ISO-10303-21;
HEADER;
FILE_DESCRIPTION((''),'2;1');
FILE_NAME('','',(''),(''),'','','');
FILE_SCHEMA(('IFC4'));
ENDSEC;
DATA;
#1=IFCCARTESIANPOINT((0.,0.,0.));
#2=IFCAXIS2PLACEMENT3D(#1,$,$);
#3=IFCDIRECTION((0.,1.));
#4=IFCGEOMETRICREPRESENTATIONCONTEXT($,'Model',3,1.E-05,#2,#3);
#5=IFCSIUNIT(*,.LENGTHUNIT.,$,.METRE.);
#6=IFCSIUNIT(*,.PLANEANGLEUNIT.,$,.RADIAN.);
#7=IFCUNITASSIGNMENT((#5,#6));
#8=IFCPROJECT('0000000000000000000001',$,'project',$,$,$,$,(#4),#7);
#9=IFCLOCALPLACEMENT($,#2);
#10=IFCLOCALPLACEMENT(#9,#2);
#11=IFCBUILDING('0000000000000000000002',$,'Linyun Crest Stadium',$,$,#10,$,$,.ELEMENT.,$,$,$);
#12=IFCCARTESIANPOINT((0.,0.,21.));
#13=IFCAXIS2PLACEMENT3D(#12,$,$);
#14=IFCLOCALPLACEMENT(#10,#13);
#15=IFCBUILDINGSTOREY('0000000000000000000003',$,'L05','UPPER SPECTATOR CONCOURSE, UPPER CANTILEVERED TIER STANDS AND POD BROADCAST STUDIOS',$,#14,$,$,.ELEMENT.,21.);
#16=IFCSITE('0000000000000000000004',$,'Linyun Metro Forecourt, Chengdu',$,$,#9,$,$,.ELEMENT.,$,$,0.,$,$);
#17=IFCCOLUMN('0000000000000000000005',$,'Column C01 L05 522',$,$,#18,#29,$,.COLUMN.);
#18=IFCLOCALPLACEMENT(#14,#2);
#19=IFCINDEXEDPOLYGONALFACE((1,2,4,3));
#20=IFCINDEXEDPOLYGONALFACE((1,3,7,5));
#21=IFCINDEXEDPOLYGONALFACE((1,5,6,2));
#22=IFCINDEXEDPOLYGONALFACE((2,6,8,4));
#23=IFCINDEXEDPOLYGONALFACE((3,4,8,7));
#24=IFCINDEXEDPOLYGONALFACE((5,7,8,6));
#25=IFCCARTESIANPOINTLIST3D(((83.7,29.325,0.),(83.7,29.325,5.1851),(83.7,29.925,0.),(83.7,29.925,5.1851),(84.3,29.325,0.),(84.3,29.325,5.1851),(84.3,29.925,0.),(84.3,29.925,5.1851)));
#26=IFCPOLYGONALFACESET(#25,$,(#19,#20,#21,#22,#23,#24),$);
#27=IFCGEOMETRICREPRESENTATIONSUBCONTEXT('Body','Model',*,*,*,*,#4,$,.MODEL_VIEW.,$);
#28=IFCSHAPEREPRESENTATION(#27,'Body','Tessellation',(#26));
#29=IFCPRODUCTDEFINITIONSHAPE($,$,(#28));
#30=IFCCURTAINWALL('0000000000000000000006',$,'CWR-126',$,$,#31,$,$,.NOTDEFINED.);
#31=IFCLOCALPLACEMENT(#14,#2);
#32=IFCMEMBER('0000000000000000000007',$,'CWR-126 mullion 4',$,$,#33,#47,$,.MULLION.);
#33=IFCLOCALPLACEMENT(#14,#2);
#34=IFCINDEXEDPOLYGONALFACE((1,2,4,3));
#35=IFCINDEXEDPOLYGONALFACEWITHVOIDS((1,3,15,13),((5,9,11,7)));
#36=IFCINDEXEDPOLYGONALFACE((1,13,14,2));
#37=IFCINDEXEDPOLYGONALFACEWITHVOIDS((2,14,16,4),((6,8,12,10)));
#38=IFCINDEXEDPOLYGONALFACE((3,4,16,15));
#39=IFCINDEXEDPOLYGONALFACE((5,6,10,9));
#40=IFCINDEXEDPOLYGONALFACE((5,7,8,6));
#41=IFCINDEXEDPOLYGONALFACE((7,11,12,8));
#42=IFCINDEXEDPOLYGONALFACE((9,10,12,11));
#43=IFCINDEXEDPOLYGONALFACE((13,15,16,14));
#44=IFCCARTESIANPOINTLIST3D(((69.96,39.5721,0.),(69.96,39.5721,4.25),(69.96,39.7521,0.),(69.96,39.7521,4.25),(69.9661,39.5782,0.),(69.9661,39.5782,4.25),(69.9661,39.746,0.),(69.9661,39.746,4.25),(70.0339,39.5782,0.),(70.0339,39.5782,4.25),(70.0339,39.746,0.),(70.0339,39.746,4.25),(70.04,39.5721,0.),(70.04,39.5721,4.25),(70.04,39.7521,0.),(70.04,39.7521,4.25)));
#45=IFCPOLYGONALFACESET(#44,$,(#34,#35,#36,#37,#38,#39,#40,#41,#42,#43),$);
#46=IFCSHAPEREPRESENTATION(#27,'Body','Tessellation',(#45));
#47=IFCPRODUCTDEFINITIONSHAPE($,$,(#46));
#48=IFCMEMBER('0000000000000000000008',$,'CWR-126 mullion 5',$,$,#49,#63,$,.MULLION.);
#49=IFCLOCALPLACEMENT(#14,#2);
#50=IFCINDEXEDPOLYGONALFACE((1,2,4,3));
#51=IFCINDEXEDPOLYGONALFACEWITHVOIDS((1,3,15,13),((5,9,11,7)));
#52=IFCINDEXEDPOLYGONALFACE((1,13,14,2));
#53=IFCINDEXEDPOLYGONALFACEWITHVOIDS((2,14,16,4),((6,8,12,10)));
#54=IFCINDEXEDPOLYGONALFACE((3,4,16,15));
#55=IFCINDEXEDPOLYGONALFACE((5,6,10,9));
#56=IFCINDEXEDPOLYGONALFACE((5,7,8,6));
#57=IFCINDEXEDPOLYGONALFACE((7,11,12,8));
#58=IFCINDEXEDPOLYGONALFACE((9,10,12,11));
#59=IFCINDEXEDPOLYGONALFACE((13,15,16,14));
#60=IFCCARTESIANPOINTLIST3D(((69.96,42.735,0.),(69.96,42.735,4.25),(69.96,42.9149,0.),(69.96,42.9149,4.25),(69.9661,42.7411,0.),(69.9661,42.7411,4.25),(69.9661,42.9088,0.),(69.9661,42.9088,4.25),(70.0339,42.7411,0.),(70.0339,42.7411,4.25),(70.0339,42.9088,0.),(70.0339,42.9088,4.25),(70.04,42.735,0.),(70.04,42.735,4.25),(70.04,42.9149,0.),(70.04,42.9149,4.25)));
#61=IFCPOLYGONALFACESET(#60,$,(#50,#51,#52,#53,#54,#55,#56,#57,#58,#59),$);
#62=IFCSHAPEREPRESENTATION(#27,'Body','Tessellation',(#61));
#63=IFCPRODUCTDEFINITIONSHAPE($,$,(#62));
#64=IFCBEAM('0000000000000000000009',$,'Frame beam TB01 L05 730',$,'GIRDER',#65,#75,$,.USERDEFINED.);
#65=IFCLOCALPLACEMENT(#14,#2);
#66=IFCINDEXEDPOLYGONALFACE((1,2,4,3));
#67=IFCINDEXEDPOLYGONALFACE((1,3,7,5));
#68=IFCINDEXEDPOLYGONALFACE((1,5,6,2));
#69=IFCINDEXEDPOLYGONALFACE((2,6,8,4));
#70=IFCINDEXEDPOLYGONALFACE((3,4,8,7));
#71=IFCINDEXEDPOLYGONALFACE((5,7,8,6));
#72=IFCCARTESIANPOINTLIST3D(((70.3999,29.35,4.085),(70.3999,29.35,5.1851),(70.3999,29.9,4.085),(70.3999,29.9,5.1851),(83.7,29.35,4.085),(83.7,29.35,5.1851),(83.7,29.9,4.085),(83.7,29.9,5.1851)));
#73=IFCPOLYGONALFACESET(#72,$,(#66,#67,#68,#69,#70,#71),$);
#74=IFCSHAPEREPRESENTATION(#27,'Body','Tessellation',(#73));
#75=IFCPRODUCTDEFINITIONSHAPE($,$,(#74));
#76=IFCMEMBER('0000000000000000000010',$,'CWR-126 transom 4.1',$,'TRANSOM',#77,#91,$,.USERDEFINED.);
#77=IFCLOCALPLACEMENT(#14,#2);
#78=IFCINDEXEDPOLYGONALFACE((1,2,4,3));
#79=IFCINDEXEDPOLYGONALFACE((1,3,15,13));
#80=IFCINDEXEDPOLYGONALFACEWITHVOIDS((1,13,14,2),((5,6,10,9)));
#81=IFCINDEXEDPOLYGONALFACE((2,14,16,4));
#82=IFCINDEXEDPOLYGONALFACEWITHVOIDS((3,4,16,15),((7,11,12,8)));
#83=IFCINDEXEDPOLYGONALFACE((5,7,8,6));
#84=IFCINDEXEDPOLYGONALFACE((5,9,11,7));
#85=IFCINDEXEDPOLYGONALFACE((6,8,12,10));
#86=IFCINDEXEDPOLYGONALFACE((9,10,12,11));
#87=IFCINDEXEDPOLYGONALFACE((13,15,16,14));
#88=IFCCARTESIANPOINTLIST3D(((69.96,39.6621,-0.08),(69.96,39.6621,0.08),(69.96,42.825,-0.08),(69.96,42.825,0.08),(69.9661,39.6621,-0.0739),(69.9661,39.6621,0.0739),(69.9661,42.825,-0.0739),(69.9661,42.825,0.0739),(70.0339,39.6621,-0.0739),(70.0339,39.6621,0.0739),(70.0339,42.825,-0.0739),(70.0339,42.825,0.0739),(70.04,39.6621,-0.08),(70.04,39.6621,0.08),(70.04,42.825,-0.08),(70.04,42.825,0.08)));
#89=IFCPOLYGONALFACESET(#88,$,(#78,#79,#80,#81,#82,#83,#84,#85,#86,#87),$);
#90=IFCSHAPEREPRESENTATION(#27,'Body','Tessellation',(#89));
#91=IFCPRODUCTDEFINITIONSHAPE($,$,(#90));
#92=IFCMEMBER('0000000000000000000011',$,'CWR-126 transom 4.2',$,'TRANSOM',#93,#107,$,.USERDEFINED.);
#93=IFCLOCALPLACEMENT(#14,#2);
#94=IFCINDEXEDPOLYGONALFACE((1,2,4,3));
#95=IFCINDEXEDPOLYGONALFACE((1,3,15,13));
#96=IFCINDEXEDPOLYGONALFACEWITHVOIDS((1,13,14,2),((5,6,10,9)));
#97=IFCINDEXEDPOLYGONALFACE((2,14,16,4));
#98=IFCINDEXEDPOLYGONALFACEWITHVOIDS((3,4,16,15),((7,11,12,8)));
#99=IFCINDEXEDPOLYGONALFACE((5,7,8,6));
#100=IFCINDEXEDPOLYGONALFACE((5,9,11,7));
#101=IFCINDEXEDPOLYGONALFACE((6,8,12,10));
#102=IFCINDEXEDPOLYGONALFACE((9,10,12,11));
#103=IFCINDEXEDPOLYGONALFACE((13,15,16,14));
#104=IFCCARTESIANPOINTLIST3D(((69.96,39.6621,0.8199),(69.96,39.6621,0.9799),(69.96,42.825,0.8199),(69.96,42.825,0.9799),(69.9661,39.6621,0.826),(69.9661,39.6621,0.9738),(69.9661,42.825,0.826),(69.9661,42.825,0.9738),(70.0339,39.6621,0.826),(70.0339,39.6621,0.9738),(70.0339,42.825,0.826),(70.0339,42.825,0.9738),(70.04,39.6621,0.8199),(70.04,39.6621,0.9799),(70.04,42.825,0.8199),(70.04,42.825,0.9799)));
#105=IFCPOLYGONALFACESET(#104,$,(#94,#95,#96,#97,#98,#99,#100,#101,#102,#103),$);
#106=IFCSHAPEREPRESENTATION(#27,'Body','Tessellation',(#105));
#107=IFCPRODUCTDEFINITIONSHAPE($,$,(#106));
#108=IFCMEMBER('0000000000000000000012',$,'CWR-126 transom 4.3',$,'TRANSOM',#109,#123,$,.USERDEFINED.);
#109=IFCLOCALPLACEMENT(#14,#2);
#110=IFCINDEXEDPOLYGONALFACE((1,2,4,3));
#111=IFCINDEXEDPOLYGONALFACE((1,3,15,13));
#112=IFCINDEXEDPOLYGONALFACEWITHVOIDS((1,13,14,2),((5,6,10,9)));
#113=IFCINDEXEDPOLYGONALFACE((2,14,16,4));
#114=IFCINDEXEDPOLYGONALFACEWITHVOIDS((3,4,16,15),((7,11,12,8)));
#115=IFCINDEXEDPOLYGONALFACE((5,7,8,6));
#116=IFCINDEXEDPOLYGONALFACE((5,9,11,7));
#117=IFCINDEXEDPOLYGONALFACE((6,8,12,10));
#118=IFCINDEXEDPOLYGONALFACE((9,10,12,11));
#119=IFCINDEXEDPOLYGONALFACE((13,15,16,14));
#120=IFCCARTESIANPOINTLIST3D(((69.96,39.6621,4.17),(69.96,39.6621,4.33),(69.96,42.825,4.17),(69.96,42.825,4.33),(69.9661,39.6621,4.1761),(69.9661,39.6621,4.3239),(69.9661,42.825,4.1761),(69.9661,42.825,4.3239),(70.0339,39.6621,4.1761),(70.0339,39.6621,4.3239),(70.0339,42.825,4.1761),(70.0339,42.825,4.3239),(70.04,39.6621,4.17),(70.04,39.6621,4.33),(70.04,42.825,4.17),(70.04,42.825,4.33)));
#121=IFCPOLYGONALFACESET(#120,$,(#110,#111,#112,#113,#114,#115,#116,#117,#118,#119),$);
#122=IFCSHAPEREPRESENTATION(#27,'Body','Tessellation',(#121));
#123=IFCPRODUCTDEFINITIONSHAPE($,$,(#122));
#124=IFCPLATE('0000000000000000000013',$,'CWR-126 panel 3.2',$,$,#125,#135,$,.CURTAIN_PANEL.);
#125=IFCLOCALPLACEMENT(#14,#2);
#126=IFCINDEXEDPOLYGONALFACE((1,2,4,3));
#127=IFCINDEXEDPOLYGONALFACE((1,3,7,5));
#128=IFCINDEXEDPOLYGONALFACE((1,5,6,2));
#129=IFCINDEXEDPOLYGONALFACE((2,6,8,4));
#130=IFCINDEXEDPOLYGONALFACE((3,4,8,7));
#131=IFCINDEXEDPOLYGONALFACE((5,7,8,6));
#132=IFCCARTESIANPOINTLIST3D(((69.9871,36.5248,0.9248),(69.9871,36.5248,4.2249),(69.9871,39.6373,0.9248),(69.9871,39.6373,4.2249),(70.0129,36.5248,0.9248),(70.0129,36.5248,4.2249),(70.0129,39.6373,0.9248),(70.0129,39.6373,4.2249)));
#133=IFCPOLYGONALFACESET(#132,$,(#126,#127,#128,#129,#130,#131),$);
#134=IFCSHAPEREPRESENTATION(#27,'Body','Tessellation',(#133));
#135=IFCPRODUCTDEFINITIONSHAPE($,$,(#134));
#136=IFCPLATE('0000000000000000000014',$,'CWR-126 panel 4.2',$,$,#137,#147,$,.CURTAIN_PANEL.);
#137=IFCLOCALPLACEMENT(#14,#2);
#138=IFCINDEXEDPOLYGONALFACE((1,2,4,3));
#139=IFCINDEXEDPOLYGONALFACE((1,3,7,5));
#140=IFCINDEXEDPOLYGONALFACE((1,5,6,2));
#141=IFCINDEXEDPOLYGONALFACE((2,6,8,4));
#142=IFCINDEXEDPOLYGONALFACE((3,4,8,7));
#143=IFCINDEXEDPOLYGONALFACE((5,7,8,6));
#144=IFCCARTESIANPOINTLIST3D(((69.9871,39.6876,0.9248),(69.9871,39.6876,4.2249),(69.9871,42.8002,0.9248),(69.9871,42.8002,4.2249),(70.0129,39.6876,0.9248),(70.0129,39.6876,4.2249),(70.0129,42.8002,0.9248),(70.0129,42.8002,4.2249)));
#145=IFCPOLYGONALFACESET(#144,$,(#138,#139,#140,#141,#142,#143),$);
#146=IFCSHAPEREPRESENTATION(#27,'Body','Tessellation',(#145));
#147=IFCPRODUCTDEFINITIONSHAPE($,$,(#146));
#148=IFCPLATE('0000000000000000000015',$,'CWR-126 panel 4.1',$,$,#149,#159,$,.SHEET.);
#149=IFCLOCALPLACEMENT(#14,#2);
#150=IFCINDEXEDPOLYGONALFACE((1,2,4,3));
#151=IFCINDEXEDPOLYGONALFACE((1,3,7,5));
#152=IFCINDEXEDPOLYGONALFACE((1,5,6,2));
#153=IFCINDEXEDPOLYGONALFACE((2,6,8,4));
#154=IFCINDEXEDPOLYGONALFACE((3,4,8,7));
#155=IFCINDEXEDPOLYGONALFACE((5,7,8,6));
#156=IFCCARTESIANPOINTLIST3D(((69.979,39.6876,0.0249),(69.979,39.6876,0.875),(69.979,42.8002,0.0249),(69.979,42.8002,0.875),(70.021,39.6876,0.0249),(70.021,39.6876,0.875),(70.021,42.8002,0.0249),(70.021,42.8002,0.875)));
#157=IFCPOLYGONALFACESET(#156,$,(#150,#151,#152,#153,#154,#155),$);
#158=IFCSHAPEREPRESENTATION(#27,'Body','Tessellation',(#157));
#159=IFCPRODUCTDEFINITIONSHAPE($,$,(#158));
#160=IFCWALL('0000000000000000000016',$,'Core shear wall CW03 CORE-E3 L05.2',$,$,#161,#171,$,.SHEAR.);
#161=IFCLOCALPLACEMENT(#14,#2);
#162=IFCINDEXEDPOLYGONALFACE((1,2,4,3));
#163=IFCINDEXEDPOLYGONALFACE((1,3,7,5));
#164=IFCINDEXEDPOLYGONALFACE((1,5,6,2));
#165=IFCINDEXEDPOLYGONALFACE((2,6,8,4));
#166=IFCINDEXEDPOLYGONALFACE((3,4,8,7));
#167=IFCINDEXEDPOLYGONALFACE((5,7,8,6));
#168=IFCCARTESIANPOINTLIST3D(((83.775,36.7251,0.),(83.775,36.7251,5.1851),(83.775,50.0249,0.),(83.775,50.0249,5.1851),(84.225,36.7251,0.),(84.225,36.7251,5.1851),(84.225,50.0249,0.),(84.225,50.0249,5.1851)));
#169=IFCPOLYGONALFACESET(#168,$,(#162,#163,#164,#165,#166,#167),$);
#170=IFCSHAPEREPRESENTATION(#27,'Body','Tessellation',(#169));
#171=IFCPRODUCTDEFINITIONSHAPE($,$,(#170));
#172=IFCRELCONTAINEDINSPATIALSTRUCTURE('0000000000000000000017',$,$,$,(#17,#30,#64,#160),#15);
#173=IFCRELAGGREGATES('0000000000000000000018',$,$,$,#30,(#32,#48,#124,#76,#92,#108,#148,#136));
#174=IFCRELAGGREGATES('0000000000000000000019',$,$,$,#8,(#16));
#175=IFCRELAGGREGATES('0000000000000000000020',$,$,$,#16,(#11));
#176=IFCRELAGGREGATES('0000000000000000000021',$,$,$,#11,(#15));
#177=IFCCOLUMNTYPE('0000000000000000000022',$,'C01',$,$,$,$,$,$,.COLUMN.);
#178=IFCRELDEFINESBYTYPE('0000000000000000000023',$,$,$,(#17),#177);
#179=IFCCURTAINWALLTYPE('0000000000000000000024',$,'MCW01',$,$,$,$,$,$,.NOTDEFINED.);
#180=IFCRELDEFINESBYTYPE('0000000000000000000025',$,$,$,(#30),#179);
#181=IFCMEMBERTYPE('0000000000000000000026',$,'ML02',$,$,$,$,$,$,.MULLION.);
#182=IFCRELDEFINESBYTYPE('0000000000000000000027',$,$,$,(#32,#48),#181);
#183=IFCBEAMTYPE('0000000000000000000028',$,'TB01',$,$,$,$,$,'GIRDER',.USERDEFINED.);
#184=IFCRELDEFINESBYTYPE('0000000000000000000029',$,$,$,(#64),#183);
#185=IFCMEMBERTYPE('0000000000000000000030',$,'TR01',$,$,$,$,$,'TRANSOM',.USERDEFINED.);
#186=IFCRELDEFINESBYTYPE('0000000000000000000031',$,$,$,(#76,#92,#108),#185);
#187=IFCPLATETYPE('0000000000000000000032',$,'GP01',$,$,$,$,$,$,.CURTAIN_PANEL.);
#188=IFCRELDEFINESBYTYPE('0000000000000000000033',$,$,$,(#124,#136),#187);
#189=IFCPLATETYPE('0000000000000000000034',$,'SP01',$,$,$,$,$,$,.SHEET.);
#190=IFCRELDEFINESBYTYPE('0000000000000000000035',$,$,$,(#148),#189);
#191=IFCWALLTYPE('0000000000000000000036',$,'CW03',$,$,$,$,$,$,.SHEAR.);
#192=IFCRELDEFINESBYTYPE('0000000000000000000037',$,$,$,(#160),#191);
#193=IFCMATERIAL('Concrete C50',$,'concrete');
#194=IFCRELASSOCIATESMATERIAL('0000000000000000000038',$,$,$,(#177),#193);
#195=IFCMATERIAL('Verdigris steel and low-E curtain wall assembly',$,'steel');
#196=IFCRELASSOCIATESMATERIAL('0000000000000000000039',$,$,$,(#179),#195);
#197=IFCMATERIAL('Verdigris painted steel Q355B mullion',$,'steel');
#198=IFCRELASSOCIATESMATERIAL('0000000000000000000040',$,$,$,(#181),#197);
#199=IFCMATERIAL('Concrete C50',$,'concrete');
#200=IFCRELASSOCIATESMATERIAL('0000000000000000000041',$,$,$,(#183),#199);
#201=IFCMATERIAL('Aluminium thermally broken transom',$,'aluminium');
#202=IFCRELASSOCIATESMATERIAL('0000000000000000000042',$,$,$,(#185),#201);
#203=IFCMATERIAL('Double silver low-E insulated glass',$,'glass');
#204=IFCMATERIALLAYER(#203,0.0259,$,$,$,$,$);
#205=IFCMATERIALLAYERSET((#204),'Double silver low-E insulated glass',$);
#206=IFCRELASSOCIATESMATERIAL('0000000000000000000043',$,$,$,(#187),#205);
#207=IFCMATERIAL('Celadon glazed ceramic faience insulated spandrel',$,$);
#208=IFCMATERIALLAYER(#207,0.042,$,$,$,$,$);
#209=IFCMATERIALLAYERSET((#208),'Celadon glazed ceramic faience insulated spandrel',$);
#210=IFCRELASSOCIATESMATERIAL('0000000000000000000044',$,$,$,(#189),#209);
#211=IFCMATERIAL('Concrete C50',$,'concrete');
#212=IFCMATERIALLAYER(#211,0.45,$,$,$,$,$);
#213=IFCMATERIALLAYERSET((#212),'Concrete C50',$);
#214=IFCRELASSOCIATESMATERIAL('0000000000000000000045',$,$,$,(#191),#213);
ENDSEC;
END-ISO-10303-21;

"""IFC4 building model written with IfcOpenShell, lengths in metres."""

from ifc_helpers import new_model, si_unit, direction, frame, frame_2d, origin, origin_2d, place, context, subcontext, project, spatial, rectangle, hollow_rectangle, extrude, material, layer, layer_set, material_profile, profile_set, type_object, element, aggregate, save


model = new_model("IFC4")

# Units and contexts
model_context = context("Model", 3, precision=1e-05, world=origin(), true_north=direction((0.0, 1.0)))
body_context = subcontext(model_context, "Body", "Model", "MODEL_VIEW")
ifc_project = project(units=[si_unit("LENGTHUNIT", "METRE"), si_unit("PLANEANGLEUNIT", "RADIAN")], contexts=[model_context])

# Site, building, storey
site_placement = place(None, origin())
site = spatial("IfcSite", under=ifc_project, at=site_placement, Name="Linyun Metro Forecourt, Chengdu", CompositionType="ELEMENT", RefElevation=0.0)
building_placement = place(site_placement, origin())
building = spatial("IfcBuilding", under=site, at=building_placement, Name="Linyun Crest Stadium", CompositionType="ELEMENT")
storey_placement = place(building_placement, frame((0.0, 0.0, 21.0)))
storey = spatial("IfcBuildingStorey", under=building, at=storey_placement, Name="L05", Description="UPPER SPECTATOR CONCOURSE, UPPER CANTILEVERED TIER STANDS AND POD BROADCAST STUDIOS", CompositionType="ELEMENT", Elevation=21.0)

# Column
ifc_material_1 = material(Name="Concrete C50", Category="concrete")
ifc_material_profile_1 = material_profile(ifc_material_1, rectangle(XDim=0.6001, YDim=0.6001, at=origin_2d()), Name="RC 600x600")
ifc_profile_set_1 = profile_set([ifc_material_profile_1], Name="Concrete C50")
column_type = type_object("IfcColumnType", Name="C01", PredefinedType="COLUMN", material=ifc_profile_set_1)
column_placement = place(storey_placement, frame((84.0, 29.625, 0.0), z_axis=(0.0, 0.0, 1.0), x_axis=(1.0, 0.0, 0.0)))
element("IfcColumn", 1, at=column_placement, inside=storey, type_object=column_type, Name="Column C01 L05 522", PredefinedType="COLUMN", context=body_context, shape_type="SweptSolid", body=[
    extrude(rectangle(XDim=0.6001, YDim=0.6001, at=origin_2d()), origin(), (0.0, 0.0, 1.0), 5.1851),
])

# Curtain wall, members
ifc_material_2 = material(Name="Verdigris steel and low-E curtain wall assembly", Category="steel")
curtain_wall_type = type_object("IfcCurtainWallType", Name="MCW01", PredefinedType="NOTDEFINED", material=ifc_material_2)
curtain_wall_placement = place(storey_placement, origin())
curtain_wall = element("IfcCurtainWall", 2, at=curtain_wall_placement, inside=storey, type_object=curtain_wall_type, Name="CWR-126", PredefinedType="NOTDEFINED")
ifc_material_3 = material(Name="Verdigris painted steel Q355B mullion", Category="steel")
ifc_material_profile_2 = material_profile(ifc_material_3, hollow_rectangle(XDim=0.0801, YDim=0.1799, WallThickness=0.0061, at=origin_2d()), Name="RHS 180x80x6")
ifc_profile_set_2 = profile_set([ifc_material_profile_2], Name="Verdigris painted steel Q355B mullion")
member_type_1 = type_object("IfcMemberType", Name="ML02", PredefinedType="MULLION", material=ifc_profile_set_2)
member_1_placement = place(storey_placement, frame((70.0, 39.6621, 0.0), z_axis=(0.0, 0.0, 1.0), x_axis=(-1.0, 0.0, 0.0)))
member_1 = element("IfcMember", 3, at=member_1_placement, type_object=member_type_1, Name="CWR-126 mullion 4", PredefinedType="MULLION", context=body_context, shape_type="SweptSolid", body=[
    extrude(hollow_rectangle(XDim=0.0801, YDim=0.1799, WallThickness=0.0061, at=origin_2d()), origin(), (0.0, 0.0, 1.0), 4.25),
])
member_2_placement = place(storey_placement, frame((70.0, 42.825, 0.0), z_axis=(0.0, 0.0, 1.0), x_axis=(-1.0, 0.0, 0.0)))
member_2 = element("IfcMember", 4, at=member_2_placement, type_object=member_type_1, Name="CWR-126 mullion 5", PredefinedType="MULLION", context=body_context, shape_type="SweptSolid", body=[
    extrude(hollow_rectangle(XDim=0.0801, YDim=0.1799, WallThickness=0.0061, at=origin_2d()), origin(), (0.0, 0.0, 1.0), 4.25),
])

# Beam
ifc_material_4 = material(Name="Concrete C50", Category="concrete")
ifc_material_profile_3 = material_profile(ifc_material_4, rectangle(XDim=0.55, YDim=1.1001, at=origin_2d()), Name="RCB 1100x550")
ifc_profile_set_3 = profile_set([ifc_material_profile_3], Name="Concrete C50")
beam_type = type_object("IfcBeamType", Name="TB01", ElementType="GIRDER", PredefinedType="USERDEFINED", material=ifc_profile_set_3)
beam_placement = place(storey_placement, frame((70.3999, 29.625, 4.635), z_axis=(1.0, 0.0, 0.0), x_axis=(0.0, 1.0, 0.0)))
element("IfcBeam", 5, at=beam_placement, inside=storey, type_object=beam_type, Name="Frame beam TB01 L05 730", ObjectType="GIRDER", PredefinedType="USERDEFINED", context=body_context, shape_type="SweptSolid", body=[
    extrude(rectangle(XDim=0.55, YDim=1.1001, at=origin_2d()), origin(), (0.0, 0.0, 1.0), 13.3),
])

# Members
ifc_material_5 = material(Name="Aluminium thermally broken transom", Category="aluminium")
ifc_material_profile_4 = material_profile(ifc_material_5, hollow_rectangle(XDim=0.0801, YDim=0.1599, WallThickness=0.0061, at=origin_2d()), Name="RHS 160x80x6")
ifc_profile_set_4 = profile_set([ifc_material_profile_4], Name="Aluminium thermally broken transom")
member_type_2 = type_object("IfcMemberType", Name="TR01", ElementType="TRANSOM", PredefinedType="USERDEFINED", material=ifc_profile_set_4)
member_3_placement = place(storey_placement, frame((70.0, 39.6621, 0.0), z_axis=(0.0, 1.0, 0.0), x_axis=(-1.0, 0.0, 0.0)))
member_3 = element("IfcMember", 6, at=member_3_placement, type_object=member_type_2, Name="CWR-126 transom 4.1", ObjectType="TRANSOM", PredefinedType="USERDEFINED", context=body_context, shape_type="SweptSolid", body=[
    extrude(hollow_rectangle(XDim=0.0801, YDim=0.1599, WallThickness=0.0061, at=origin_2d()), origin(), (0.0, 0.0, 1.0), 3.1628),
])
member_4_placement = place(storey_placement, frame((70.0, 39.6621, 0.8999), z_axis=(0.0, 1.0, 0.0), x_axis=(-1.0, 0.0, 0.0)))
member_4 = element("IfcMember", 7, at=member_4_placement, type_object=member_type_2, Name="CWR-126 transom 4.2", ObjectType="TRANSOM", PredefinedType="USERDEFINED", context=body_context, shape_type="SweptSolid", body=[
    extrude(hollow_rectangle(XDim=0.0801, YDim=0.1599, WallThickness=0.0061, at=origin_2d()), origin(), (0.0, 0.0, 1.0), 3.1628),
])
member_5_placement = place(storey_placement, frame((70.0, 39.6621, 4.25), z_axis=(0.0, 1.0, 0.0), x_axis=(-1.0, 0.0, 0.0)))
member_5 = element("IfcMember", 8, at=member_5_placement, type_object=member_type_2, Name="CWR-126 transom 4.3", ObjectType="TRANSOM", PredefinedType="USERDEFINED", context=body_context, shape_type="SweptSolid", body=[
    extrude(hollow_rectangle(XDim=0.0801, YDim=0.1599, WallThickness=0.0061, at=origin_2d()), origin(), (0.0, 0.0, 1.0), 3.1628),
])

# Plates
ifc_material_6 = material(Name="Double silver low-E insulated glass", Category="glass")
ifc_layer_1 = layer(ifc_material_6, 0.0259)
ifc_layer_set_1 = layer_set([ifc_layer_1], Name="Double silver low-E insulated glass")
plate_type_1 = type_object("IfcPlateType", Name="GP01", PredefinedType="CURTAIN_PANEL", material=ifc_layer_set_1)
plate_1_placement = place(storey_placement, frame((70.0, 38.0811, 0.9248), z_axis=(0.0, 0.0, 1.0), x_axis=(0.0, 1.0, 0.0)))
plate_1 = element("IfcPlate", 9, at=plate_1_placement, type_object=plate_type_1, Name="CWR-126 panel 3.2", PredefinedType="CURTAIN_PANEL", context=body_context, shape_type="SweptSolid", body=[
    extrude(rectangle(XDim=3.1125, YDim=0.0259, at=origin_2d()), origin(), (0.0, 0.0, 1.0), 3.3),
])
plate_2_placement = place(storey_placement, frame((70.0, 41.2439, 0.9248), z_axis=(0.0, 0.0, 1.0), x_axis=(0.0, 1.0, 0.0)))
plate_2 = element("IfcPlate", 10, at=plate_2_placement, type_object=plate_type_1, Name="CWR-126 panel 4.2", PredefinedType="CURTAIN_PANEL", context=body_context, shape_type="SweptSolid", body=[
    extrude(rectangle(XDim=3.1125, YDim=0.0259, at=origin_2d()), origin(), (0.0, 0.0, 1.0), 3.3),
])
ifc_material_7 = material(Name="Celadon glazed ceramic faience insulated spandrel")
ifc_layer_2 = layer(ifc_material_7, 0.042)
ifc_layer_set_2 = layer_set([ifc_layer_2], Name="Celadon glazed ceramic faience insulated spandrel")
plate_type_2 = type_object("IfcPlateType", Name="SP01", PredefinedType="SHEET", material=ifc_layer_set_2)
plate_3_placement = place(storey_placement, frame((70.0, 41.2439, 0.0249), z_axis=(0.0, 0.0, 1.0), x_axis=(0.0, 1.0, 0.0)))
plate_3 = element("IfcPlate", 11, at=plate_3_placement, type_object=plate_type_2, Name="CWR-126 panel 4.1", PredefinedType="SHEET", context=body_context, shape_type="SweptSolid", body=[
    extrude(rectangle(XDim=3.1125, YDim=0.042, at=origin_2d()), origin(), (0.0, 0.0, 1.0), 0.8501),
])
aggregate(curtain_wall, [member_1, member_2, plate_1, member_3, member_4, member_5, plate_3, plate_2])

# Wall
ifc_material_8 = material(Name="Concrete C50", Category="concrete")
ifc_layer_3 = layer(ifc_material_8, 0.45)
ifc_layer_set_3 = layer_set([ifc_layer_3], Name="Concrete C50")
wall_type_1 = type_object("IfcWallType", Name="CW03", PredefinedType="SHEAR", material=ifc_layer_set_3)
wall_1_placement = place(storey_placement, frame((84.0, 36.7251, 0.0), z_axis=(0.0, 0.0, 1.0), x_axis=(0.0, 1.0, 0.0)))
element("IfcWall", 12, at=wall_1_placement, inside=storey, type_object=wall_type_1, Name="Core shear wall CW03 CORE-E3 L05.2", PredefinedType="SHEAR", context=body_context, shape_type="SweptSolid", body=[
    extrude(rectangle(XDim=13.2998, YDim=0.45, at=frame_2d((6.6499, 0.0))), origin(), (0.0, 0.0, 1.0), 5.1851),
])

save(model, "model.ifc")
